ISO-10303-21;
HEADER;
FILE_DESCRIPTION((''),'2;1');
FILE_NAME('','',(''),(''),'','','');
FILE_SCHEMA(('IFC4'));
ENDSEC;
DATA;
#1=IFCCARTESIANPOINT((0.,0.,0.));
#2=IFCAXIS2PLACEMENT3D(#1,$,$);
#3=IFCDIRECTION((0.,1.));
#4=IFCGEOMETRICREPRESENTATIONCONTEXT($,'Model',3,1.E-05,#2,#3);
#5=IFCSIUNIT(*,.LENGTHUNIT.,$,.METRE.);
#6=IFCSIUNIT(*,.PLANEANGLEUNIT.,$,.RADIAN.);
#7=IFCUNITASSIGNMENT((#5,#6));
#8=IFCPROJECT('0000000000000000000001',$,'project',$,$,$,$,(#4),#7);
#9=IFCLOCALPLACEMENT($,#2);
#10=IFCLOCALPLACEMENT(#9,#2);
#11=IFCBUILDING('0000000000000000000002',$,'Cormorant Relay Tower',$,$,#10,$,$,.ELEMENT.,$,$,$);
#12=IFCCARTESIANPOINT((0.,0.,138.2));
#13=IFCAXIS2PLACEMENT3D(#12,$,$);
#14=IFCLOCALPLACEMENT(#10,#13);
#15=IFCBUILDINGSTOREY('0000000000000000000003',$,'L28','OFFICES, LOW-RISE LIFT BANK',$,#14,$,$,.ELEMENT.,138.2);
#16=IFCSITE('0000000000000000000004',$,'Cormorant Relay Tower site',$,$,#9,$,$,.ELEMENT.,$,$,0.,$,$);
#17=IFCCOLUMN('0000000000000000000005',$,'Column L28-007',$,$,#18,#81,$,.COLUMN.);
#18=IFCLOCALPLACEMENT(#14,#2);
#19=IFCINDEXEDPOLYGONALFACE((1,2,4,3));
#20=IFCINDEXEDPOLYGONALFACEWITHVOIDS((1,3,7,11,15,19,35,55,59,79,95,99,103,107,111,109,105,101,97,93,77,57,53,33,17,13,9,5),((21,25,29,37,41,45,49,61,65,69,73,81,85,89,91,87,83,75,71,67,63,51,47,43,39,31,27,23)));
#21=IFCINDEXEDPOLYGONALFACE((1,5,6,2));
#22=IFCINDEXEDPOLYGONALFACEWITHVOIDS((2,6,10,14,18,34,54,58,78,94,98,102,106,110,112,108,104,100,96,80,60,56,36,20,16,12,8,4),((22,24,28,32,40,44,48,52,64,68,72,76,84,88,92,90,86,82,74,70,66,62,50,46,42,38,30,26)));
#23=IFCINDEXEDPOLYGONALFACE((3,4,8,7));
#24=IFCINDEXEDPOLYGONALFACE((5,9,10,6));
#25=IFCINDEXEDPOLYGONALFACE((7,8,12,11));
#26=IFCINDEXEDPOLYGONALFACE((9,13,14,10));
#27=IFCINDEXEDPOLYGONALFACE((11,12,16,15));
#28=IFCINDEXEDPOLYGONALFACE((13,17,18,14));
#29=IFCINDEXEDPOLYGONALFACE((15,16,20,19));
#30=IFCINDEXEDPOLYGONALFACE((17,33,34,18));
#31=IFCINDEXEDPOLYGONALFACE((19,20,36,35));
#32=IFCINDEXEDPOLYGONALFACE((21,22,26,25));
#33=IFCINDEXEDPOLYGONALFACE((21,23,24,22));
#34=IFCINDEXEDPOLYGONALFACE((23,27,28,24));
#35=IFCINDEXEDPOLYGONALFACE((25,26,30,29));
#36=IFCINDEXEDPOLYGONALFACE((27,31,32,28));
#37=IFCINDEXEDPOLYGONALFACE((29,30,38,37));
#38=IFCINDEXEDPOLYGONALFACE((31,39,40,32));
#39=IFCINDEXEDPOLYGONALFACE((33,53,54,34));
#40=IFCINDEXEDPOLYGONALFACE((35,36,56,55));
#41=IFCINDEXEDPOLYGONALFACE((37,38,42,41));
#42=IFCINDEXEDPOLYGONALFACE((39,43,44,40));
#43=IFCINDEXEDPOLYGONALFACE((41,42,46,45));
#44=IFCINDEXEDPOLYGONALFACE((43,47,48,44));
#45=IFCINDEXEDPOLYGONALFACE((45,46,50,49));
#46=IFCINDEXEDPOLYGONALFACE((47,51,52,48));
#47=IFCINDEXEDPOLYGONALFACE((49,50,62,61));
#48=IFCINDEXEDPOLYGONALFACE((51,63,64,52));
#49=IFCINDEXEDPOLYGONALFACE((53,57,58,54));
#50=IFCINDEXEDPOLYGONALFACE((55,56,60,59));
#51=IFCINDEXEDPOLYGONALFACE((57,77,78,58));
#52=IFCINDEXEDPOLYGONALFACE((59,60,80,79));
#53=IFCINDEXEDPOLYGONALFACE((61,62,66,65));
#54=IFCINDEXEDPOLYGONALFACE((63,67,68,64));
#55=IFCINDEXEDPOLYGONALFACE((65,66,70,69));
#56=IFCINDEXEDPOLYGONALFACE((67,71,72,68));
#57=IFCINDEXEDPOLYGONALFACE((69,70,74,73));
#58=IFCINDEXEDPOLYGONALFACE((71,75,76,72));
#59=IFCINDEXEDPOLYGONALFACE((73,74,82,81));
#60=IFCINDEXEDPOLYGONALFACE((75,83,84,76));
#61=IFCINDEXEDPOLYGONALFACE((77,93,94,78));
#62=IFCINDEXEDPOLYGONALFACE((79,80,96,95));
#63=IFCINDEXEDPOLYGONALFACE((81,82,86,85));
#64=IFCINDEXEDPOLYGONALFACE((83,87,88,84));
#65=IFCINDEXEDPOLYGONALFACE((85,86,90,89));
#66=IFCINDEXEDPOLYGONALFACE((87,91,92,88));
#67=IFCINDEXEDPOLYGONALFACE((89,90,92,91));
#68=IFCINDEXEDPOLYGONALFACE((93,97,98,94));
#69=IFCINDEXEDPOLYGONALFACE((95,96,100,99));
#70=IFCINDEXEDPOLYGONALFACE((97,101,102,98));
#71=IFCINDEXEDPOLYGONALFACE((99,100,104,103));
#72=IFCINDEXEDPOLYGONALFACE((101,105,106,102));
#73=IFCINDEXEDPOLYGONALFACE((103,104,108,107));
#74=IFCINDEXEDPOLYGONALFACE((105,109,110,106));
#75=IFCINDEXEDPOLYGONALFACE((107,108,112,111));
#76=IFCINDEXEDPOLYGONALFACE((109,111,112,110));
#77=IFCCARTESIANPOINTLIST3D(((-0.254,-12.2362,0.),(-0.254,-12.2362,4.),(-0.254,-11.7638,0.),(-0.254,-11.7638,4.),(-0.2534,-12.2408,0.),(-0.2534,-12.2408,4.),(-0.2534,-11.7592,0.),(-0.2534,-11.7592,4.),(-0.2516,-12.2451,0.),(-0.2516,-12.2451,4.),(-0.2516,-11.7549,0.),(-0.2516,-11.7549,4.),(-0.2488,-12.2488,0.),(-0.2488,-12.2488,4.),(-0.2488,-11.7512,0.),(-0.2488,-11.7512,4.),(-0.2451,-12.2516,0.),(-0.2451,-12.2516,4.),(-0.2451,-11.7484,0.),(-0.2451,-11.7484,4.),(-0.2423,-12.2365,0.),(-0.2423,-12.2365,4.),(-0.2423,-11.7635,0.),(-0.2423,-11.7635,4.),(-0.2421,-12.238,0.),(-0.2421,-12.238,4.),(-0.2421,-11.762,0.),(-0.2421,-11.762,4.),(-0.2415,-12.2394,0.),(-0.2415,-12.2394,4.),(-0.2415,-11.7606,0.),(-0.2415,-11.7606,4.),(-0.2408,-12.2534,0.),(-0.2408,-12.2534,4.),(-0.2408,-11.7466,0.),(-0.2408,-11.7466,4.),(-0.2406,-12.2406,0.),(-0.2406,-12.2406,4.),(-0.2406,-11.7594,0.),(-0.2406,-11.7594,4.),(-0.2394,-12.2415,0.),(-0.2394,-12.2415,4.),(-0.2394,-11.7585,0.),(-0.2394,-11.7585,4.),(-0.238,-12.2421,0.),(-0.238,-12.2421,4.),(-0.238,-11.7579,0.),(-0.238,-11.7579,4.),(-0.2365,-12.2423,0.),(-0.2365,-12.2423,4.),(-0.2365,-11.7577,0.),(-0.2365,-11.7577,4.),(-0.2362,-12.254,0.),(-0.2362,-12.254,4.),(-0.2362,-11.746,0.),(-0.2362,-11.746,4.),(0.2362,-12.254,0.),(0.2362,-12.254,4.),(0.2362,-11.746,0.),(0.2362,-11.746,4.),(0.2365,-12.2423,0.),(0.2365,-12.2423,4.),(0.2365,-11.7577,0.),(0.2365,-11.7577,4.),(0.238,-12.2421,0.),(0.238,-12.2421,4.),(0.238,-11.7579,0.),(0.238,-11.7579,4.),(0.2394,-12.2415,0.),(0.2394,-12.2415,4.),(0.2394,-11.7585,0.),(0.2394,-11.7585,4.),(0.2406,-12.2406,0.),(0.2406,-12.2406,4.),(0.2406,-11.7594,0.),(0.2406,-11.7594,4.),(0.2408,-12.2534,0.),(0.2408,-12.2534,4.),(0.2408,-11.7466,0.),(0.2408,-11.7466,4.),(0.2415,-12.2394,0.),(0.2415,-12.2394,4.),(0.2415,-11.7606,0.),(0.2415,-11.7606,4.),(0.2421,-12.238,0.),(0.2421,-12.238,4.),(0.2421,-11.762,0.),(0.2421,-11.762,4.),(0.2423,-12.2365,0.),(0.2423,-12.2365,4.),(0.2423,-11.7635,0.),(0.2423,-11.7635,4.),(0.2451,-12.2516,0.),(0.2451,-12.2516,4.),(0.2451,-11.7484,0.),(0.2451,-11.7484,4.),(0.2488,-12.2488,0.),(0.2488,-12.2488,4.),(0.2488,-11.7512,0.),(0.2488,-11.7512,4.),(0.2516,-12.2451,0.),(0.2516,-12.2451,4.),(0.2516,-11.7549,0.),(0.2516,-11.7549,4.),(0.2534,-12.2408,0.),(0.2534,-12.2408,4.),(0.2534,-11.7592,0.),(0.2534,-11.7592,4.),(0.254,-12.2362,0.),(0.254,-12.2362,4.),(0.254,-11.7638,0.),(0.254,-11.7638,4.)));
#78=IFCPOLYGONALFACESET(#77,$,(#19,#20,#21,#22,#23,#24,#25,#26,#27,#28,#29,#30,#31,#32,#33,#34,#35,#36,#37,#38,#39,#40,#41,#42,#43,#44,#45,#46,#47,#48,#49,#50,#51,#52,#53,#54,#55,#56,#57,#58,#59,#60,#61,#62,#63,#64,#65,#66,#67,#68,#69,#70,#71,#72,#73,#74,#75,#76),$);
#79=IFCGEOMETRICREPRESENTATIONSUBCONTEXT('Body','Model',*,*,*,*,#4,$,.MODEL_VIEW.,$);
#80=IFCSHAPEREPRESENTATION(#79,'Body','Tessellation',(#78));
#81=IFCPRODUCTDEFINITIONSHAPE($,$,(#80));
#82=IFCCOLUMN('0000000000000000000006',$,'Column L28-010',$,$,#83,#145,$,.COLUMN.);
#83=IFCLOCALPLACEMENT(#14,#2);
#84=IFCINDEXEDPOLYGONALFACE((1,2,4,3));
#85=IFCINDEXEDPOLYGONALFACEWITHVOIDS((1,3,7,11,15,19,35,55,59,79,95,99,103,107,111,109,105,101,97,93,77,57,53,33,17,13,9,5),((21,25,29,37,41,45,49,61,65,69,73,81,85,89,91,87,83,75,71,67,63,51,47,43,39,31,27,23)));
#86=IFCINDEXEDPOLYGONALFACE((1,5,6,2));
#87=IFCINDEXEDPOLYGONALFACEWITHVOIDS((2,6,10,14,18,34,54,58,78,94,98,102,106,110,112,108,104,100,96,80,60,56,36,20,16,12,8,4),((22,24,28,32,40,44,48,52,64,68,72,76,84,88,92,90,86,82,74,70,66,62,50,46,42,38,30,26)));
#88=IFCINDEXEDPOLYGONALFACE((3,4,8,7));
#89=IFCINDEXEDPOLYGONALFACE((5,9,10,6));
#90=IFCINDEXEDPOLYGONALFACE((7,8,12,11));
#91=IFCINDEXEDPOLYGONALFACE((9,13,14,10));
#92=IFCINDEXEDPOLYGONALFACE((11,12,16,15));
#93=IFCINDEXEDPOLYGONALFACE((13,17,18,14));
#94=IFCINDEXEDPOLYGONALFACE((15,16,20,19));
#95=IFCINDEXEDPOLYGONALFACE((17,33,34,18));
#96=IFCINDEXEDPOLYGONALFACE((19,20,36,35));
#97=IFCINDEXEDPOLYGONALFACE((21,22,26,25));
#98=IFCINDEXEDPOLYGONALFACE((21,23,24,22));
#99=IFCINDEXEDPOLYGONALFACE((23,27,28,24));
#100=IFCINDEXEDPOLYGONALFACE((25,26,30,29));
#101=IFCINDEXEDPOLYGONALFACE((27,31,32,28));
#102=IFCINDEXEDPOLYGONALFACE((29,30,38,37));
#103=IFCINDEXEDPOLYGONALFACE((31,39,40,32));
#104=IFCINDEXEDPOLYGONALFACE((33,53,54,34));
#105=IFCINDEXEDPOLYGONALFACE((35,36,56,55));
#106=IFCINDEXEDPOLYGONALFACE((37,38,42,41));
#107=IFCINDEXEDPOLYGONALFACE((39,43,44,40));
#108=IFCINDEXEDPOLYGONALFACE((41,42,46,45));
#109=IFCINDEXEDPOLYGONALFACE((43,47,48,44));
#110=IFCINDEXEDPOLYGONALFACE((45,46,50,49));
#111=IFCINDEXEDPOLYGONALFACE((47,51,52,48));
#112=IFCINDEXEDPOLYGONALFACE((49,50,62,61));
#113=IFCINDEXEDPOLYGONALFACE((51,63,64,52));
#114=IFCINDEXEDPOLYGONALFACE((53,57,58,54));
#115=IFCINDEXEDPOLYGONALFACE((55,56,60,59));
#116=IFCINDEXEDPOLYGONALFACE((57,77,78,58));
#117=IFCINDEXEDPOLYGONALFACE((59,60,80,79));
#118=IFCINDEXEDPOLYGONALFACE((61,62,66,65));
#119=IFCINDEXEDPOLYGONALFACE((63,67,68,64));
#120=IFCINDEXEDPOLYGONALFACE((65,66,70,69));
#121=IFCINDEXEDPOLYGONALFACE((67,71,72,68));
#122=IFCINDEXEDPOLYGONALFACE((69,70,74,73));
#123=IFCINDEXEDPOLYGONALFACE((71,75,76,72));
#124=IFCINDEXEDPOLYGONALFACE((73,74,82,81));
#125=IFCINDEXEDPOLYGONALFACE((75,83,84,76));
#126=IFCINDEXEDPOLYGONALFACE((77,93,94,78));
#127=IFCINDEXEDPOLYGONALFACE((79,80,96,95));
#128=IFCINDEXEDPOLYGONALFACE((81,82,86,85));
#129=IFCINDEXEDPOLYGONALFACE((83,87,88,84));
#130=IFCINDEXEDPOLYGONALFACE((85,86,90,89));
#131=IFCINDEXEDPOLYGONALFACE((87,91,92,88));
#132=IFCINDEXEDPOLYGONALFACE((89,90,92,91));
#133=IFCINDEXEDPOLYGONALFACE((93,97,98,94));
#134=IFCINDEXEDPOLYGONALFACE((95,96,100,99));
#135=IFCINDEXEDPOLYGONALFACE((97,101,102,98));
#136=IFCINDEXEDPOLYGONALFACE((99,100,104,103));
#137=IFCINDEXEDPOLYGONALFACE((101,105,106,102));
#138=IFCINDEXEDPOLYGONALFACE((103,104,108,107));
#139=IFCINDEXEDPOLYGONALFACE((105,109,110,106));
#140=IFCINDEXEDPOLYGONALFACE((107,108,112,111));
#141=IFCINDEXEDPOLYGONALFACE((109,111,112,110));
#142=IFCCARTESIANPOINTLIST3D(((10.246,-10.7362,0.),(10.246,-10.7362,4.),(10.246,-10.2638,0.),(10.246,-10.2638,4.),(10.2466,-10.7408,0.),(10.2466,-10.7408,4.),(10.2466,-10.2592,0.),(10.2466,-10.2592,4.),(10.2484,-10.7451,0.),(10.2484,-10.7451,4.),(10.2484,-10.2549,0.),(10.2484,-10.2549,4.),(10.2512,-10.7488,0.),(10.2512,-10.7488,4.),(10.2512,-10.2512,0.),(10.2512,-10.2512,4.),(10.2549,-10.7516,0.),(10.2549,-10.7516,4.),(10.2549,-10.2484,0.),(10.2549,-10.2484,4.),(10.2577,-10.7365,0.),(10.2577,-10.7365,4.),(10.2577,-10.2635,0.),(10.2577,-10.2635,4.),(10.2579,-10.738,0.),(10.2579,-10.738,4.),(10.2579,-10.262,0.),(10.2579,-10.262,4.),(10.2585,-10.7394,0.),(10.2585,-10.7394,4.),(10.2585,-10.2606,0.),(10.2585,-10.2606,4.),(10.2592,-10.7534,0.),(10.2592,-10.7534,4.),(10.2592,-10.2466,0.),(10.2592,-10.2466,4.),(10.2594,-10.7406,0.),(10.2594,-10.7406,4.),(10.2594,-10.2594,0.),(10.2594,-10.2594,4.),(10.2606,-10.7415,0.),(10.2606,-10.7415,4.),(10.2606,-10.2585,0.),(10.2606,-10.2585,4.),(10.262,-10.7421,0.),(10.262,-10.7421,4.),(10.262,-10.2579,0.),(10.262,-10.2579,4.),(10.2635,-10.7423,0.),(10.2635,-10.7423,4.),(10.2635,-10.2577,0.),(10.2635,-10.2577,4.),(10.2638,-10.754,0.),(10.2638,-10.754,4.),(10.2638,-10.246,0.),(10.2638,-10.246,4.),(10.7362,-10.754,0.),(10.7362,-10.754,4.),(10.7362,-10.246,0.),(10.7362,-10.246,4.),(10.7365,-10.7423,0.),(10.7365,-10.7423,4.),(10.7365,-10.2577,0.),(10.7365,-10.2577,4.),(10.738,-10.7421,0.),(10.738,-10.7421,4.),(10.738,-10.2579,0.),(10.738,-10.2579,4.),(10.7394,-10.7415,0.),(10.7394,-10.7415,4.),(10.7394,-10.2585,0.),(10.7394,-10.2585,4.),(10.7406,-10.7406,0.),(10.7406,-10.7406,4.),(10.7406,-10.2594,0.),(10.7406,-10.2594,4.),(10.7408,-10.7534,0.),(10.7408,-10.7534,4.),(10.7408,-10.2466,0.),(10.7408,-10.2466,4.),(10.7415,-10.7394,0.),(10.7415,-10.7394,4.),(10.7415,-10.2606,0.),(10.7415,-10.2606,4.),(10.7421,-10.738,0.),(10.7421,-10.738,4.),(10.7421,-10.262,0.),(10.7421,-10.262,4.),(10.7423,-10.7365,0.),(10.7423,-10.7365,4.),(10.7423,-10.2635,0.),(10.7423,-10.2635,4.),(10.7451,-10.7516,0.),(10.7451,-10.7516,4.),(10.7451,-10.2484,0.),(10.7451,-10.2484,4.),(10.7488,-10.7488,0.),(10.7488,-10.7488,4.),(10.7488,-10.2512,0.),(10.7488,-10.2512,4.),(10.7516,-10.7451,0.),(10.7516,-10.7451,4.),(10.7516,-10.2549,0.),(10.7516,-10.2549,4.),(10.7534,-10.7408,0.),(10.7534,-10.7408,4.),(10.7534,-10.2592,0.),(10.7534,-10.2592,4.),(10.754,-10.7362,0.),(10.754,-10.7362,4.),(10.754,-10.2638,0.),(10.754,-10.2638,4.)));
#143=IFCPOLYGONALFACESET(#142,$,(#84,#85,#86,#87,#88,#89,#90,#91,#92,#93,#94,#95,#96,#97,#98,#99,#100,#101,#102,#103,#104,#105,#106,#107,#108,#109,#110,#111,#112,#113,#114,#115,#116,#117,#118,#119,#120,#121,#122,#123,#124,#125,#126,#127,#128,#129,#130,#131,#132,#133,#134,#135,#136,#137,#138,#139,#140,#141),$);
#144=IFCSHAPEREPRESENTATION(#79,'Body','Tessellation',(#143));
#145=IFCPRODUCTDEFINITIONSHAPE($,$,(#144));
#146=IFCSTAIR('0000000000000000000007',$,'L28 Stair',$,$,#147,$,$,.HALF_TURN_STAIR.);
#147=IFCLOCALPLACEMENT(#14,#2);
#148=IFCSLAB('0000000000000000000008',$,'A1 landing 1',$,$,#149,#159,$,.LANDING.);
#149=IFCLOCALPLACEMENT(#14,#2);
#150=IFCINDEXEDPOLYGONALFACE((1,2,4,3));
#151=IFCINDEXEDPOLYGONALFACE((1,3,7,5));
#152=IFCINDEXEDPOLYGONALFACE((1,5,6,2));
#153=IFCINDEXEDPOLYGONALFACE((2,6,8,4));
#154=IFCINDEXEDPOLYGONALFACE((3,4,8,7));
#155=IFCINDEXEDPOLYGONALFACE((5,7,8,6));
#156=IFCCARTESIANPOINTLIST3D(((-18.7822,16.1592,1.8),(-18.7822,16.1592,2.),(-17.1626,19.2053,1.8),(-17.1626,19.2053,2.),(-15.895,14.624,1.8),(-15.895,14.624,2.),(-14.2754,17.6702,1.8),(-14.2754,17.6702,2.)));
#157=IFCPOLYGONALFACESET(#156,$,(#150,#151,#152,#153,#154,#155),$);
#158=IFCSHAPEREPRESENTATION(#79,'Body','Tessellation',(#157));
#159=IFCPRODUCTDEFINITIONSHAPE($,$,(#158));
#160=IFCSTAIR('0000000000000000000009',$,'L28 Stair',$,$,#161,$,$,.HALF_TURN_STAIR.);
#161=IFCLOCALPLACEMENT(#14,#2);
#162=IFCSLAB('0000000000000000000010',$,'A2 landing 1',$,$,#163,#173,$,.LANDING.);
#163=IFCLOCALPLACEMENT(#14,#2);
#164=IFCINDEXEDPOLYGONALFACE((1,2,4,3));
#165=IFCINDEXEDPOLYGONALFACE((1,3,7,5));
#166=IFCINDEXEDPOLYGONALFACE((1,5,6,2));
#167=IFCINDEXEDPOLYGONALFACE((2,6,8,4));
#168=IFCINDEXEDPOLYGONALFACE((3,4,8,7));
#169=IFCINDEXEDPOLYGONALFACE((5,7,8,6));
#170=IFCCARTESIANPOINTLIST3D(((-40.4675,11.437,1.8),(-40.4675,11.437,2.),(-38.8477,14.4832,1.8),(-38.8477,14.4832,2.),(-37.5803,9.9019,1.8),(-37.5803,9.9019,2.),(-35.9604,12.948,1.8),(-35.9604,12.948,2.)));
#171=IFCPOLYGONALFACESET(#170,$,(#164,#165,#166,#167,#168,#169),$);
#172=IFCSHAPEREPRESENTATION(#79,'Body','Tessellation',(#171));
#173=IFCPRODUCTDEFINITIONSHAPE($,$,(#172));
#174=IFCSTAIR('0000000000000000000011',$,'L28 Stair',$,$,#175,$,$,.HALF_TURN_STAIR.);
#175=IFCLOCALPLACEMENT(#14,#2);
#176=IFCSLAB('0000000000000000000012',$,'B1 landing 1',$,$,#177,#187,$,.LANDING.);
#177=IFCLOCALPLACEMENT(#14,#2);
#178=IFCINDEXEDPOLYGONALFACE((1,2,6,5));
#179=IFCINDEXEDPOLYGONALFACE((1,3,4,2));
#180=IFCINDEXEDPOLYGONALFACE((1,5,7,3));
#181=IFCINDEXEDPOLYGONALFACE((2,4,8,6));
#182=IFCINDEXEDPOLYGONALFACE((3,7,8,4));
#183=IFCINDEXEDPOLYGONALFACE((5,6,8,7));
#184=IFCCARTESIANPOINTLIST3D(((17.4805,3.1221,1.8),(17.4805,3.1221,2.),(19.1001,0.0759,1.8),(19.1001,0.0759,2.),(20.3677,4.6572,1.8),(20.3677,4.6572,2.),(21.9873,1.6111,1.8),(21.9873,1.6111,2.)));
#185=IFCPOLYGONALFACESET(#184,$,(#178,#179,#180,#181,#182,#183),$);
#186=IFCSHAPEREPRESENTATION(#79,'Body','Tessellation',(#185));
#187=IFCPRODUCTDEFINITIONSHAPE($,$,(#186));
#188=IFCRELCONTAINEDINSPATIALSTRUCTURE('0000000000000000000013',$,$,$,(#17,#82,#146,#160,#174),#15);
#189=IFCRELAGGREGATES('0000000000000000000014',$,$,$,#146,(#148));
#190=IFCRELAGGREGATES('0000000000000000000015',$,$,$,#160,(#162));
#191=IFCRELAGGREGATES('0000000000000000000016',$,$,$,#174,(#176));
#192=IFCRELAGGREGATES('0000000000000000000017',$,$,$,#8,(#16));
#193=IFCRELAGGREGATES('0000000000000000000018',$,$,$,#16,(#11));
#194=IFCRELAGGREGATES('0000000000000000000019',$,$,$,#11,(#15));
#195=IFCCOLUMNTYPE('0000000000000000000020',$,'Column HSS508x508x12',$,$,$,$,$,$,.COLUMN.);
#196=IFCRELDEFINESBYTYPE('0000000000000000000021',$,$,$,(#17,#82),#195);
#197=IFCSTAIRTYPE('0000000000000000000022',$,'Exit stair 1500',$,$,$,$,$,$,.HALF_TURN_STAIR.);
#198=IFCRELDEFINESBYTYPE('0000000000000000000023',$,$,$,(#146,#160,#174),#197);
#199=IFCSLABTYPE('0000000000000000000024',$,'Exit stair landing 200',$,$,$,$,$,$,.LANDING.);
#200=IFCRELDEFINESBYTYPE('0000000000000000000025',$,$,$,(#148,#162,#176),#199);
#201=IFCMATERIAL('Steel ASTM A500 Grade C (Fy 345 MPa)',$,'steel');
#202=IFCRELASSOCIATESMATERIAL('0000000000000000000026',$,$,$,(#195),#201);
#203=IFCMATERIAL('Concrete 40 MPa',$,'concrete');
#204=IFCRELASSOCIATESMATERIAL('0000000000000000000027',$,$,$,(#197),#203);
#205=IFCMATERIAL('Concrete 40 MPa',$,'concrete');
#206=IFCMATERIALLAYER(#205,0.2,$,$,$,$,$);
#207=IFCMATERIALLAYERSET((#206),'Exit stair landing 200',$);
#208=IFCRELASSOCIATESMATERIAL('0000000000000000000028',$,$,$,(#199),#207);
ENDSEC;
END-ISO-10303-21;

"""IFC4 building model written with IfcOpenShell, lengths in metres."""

from ifc_helpers import new_model, si_unit, direction, frame, origin, origin_2d, place, context, subcontext, project, spatial, polyline, hollow_rectangle, outline, extrude, material, layer, layer_set, material_profile, profile_set, type_object, element, aggregate, save


model = new_model("IFC4")

# Units and contexts
model_context = context("Model", 3, precision=1e-05, world=origin(), true_north=direction((0.0, 1.0)))
body_context = subcontext(model_context, "Body", "Model", "MODEL_VIEW")
ifc_project = project(units=[si_unit("LENGTHUNIT", "METRE"), si_unit("PLANEANGLEUNIT", "RADIAN")], contexts=[model_context])

# Site, building, storey
site_placement = place(None, origin())
site = spatial("IfcSite", under=ifc_project, at=site_placement, Name="Cormorant Relay Tower site", CompositionType="ELEMENT", RefElevation=0.0)
building_placement = place(site_placement, origin())
building = spatial("IfcBuilding", under=site, at=building_placement, Name="Cormorant Relay Tower", CompositionType="ELEMENT")
storey_placement = place(building_placement, frame((0.0, 0.0, 138.2)))
storey = spatial("IfcBuildingStorey", under=building, at=storey_placement, Name="L28", Description="OFFICES, LOW-RISE LIFT BANK", CompositionType="ELEMENT", Elevation=138.2)

# Columns
ifc_material_1 = material(Name="Steel ASTM A500 Grade C (Fy 345 MPa)", Category="steel")
ifc_material_profile = material_profile(ifc_material_1, hollow_rectangle(XDim=0.5081, YDim=0.5081, WallThickness=0.0117, InnerFilletRadius=0.0059, OuterFilletRadius=0.0178, at=origin_2d()), Name="HSS508x508x12")
ifc_profile_set = profile_set([ifc_material_profile], Name="Steel ASTM A500 Grade C (Fy 345 MPa)")
column_type = type_object("IfcColumnType", Name="Column HSS508x508x12", PredefinedType="COLUMN", material=ifc_profile_set)
for number, where, z_axis, x_axis, name in (
    (1, (0.0, -12.0, 0.0), (0.0, 0.0, 1.0), (1.0, 0.0, 0.0), "Column L28-007"),
    (2, (10.5, -10.5, 0.0), (0.0, 0.0, 1.0), (1.0, 0.0, 0.0), "Column L28-010"),
):
    element("IfcColumn", number, at=place(storey_placement, frame(where, z_axis=z_axis, x_axis=x_axis)), inside=storey, type_object=column_type, Name=name, PredefinedType="COLUMN", context=body_context, shape_type="SweptSolid", body=[
        extrude(hollow_rectangle(XDim=0.5081, YDim=0.5081, WallThickness=0.0117, InnerFilletRadius=0.0059, OuterFilletRadius=0.0178, at=origin_2d()), origin(), (0.0, 0.0, 1.0), 4.0),
    ])

# Stairs, slabs
ifc_material_2 = material(Name="Concrete 40 MPa", Category="concrete")
stair_type = type_object("IfcStairType", Name="Exit stair 1500", PredefinedType="HALF_TURN_STAIR", material=ifc_material_2)
stair_1_placement = place(storey_placement, origin())
stair_1 = element("IfcStair", 3, at=stair_1_placement, inside=storey, type_object=stair_type, Name="L28 Stair", PredefinedType="HALF_TURN_STAIR")
ifc_material_3 = material(Name="Concrete 40 MPa", Category="concrete")
ifc_layer_1 = layer(ifc_material_3, 0.2)
ifc_layer_set_1 = layer_set([ifc_layer_1], Name="Exit stair landing 200")
slab_type_1 = type_object("IfcSlabType", Name="Exit stair landing 200", PredefinedType="LANDING", material=ifc_layer_set_1)
slab_1_placement = place(storey_placement, frame((0.0, 0.0, 1.8)))
slab_1 = element("IfcSlab", 4, at=slab_1_placement, type_object=slab_type_1, Name="A1 landing 1", PredefinedType="LANDING", context=body_context, shape_type="SweptSolid", body=[
    extrude(outline(polyline([(-18.7822, 16.1592), (-15.895, 14.624), (-14.2754, 17.6702), (-17.1626, 19.2053), (-18.7822, 16.1592)])), origin(), (0.0, 0.0, 1.0), 0.2),
])
aggregate(stair_1, [slab_1])
stair_2_placement = place(storey_placement, origin())
stair_2 = element("IfcStair", 5, at=stair_2_placement, inside=storey, type_object=stair_type, Name="L28 Stair", PredefinedType="HALF_TURN_STAIR")
slab_2_placement = place(storey_placement, frame((0.0, 0.0, 1.8)))
slab_2 = element("IfcSlab", 6, at=slab_2_placement, type_object=slab_type_1, Name="A2 landing 1", PredefinedType="LANDING", context=body_context, shape_type="SweptSolid", body=[
    extrude(outline(polyline([(-35.9604, 12.948), (-38.8477, 14.4832), (-40.4675, 11.437), (-37.5803, 9.9019), (-35.9604, 12.948)])), origin(), (0.0, 0.0, 1.0), 0.2),
])
aggregate(stair_2, [slab_2])
stair_3_placement = place(storey_placement, origin())
stair_3 = element("IfcStair", 7, at=stair_3_placement, inside=storey, type_object=stair_type, Name="L28 Stair", PredefinedType="HALF_TURN_STAIR")
slab_3_placement = place(storey_placement, frame((0.0, 0.0, 1.8)))
slab_3 = element("IfcSlab", 8, at=slab_3_placement, type_object=slab_type_1, Name="B1 landing 1", PredefinedType="LANDING", context=body_context, shape_type="SweptSolid", body=[
    extrude(outline(polyline([(20.3677, 4.6572), (17.4805, 3.1221), (19.1001, 0.0759), (21.9873, 1.6111), (20.3677, 4.6572)])), origin(), (0.0, 0.0, 1.0), 0.2),
])
aggregate(stair_3, [slab_3])

save(model, "model.ifc")
